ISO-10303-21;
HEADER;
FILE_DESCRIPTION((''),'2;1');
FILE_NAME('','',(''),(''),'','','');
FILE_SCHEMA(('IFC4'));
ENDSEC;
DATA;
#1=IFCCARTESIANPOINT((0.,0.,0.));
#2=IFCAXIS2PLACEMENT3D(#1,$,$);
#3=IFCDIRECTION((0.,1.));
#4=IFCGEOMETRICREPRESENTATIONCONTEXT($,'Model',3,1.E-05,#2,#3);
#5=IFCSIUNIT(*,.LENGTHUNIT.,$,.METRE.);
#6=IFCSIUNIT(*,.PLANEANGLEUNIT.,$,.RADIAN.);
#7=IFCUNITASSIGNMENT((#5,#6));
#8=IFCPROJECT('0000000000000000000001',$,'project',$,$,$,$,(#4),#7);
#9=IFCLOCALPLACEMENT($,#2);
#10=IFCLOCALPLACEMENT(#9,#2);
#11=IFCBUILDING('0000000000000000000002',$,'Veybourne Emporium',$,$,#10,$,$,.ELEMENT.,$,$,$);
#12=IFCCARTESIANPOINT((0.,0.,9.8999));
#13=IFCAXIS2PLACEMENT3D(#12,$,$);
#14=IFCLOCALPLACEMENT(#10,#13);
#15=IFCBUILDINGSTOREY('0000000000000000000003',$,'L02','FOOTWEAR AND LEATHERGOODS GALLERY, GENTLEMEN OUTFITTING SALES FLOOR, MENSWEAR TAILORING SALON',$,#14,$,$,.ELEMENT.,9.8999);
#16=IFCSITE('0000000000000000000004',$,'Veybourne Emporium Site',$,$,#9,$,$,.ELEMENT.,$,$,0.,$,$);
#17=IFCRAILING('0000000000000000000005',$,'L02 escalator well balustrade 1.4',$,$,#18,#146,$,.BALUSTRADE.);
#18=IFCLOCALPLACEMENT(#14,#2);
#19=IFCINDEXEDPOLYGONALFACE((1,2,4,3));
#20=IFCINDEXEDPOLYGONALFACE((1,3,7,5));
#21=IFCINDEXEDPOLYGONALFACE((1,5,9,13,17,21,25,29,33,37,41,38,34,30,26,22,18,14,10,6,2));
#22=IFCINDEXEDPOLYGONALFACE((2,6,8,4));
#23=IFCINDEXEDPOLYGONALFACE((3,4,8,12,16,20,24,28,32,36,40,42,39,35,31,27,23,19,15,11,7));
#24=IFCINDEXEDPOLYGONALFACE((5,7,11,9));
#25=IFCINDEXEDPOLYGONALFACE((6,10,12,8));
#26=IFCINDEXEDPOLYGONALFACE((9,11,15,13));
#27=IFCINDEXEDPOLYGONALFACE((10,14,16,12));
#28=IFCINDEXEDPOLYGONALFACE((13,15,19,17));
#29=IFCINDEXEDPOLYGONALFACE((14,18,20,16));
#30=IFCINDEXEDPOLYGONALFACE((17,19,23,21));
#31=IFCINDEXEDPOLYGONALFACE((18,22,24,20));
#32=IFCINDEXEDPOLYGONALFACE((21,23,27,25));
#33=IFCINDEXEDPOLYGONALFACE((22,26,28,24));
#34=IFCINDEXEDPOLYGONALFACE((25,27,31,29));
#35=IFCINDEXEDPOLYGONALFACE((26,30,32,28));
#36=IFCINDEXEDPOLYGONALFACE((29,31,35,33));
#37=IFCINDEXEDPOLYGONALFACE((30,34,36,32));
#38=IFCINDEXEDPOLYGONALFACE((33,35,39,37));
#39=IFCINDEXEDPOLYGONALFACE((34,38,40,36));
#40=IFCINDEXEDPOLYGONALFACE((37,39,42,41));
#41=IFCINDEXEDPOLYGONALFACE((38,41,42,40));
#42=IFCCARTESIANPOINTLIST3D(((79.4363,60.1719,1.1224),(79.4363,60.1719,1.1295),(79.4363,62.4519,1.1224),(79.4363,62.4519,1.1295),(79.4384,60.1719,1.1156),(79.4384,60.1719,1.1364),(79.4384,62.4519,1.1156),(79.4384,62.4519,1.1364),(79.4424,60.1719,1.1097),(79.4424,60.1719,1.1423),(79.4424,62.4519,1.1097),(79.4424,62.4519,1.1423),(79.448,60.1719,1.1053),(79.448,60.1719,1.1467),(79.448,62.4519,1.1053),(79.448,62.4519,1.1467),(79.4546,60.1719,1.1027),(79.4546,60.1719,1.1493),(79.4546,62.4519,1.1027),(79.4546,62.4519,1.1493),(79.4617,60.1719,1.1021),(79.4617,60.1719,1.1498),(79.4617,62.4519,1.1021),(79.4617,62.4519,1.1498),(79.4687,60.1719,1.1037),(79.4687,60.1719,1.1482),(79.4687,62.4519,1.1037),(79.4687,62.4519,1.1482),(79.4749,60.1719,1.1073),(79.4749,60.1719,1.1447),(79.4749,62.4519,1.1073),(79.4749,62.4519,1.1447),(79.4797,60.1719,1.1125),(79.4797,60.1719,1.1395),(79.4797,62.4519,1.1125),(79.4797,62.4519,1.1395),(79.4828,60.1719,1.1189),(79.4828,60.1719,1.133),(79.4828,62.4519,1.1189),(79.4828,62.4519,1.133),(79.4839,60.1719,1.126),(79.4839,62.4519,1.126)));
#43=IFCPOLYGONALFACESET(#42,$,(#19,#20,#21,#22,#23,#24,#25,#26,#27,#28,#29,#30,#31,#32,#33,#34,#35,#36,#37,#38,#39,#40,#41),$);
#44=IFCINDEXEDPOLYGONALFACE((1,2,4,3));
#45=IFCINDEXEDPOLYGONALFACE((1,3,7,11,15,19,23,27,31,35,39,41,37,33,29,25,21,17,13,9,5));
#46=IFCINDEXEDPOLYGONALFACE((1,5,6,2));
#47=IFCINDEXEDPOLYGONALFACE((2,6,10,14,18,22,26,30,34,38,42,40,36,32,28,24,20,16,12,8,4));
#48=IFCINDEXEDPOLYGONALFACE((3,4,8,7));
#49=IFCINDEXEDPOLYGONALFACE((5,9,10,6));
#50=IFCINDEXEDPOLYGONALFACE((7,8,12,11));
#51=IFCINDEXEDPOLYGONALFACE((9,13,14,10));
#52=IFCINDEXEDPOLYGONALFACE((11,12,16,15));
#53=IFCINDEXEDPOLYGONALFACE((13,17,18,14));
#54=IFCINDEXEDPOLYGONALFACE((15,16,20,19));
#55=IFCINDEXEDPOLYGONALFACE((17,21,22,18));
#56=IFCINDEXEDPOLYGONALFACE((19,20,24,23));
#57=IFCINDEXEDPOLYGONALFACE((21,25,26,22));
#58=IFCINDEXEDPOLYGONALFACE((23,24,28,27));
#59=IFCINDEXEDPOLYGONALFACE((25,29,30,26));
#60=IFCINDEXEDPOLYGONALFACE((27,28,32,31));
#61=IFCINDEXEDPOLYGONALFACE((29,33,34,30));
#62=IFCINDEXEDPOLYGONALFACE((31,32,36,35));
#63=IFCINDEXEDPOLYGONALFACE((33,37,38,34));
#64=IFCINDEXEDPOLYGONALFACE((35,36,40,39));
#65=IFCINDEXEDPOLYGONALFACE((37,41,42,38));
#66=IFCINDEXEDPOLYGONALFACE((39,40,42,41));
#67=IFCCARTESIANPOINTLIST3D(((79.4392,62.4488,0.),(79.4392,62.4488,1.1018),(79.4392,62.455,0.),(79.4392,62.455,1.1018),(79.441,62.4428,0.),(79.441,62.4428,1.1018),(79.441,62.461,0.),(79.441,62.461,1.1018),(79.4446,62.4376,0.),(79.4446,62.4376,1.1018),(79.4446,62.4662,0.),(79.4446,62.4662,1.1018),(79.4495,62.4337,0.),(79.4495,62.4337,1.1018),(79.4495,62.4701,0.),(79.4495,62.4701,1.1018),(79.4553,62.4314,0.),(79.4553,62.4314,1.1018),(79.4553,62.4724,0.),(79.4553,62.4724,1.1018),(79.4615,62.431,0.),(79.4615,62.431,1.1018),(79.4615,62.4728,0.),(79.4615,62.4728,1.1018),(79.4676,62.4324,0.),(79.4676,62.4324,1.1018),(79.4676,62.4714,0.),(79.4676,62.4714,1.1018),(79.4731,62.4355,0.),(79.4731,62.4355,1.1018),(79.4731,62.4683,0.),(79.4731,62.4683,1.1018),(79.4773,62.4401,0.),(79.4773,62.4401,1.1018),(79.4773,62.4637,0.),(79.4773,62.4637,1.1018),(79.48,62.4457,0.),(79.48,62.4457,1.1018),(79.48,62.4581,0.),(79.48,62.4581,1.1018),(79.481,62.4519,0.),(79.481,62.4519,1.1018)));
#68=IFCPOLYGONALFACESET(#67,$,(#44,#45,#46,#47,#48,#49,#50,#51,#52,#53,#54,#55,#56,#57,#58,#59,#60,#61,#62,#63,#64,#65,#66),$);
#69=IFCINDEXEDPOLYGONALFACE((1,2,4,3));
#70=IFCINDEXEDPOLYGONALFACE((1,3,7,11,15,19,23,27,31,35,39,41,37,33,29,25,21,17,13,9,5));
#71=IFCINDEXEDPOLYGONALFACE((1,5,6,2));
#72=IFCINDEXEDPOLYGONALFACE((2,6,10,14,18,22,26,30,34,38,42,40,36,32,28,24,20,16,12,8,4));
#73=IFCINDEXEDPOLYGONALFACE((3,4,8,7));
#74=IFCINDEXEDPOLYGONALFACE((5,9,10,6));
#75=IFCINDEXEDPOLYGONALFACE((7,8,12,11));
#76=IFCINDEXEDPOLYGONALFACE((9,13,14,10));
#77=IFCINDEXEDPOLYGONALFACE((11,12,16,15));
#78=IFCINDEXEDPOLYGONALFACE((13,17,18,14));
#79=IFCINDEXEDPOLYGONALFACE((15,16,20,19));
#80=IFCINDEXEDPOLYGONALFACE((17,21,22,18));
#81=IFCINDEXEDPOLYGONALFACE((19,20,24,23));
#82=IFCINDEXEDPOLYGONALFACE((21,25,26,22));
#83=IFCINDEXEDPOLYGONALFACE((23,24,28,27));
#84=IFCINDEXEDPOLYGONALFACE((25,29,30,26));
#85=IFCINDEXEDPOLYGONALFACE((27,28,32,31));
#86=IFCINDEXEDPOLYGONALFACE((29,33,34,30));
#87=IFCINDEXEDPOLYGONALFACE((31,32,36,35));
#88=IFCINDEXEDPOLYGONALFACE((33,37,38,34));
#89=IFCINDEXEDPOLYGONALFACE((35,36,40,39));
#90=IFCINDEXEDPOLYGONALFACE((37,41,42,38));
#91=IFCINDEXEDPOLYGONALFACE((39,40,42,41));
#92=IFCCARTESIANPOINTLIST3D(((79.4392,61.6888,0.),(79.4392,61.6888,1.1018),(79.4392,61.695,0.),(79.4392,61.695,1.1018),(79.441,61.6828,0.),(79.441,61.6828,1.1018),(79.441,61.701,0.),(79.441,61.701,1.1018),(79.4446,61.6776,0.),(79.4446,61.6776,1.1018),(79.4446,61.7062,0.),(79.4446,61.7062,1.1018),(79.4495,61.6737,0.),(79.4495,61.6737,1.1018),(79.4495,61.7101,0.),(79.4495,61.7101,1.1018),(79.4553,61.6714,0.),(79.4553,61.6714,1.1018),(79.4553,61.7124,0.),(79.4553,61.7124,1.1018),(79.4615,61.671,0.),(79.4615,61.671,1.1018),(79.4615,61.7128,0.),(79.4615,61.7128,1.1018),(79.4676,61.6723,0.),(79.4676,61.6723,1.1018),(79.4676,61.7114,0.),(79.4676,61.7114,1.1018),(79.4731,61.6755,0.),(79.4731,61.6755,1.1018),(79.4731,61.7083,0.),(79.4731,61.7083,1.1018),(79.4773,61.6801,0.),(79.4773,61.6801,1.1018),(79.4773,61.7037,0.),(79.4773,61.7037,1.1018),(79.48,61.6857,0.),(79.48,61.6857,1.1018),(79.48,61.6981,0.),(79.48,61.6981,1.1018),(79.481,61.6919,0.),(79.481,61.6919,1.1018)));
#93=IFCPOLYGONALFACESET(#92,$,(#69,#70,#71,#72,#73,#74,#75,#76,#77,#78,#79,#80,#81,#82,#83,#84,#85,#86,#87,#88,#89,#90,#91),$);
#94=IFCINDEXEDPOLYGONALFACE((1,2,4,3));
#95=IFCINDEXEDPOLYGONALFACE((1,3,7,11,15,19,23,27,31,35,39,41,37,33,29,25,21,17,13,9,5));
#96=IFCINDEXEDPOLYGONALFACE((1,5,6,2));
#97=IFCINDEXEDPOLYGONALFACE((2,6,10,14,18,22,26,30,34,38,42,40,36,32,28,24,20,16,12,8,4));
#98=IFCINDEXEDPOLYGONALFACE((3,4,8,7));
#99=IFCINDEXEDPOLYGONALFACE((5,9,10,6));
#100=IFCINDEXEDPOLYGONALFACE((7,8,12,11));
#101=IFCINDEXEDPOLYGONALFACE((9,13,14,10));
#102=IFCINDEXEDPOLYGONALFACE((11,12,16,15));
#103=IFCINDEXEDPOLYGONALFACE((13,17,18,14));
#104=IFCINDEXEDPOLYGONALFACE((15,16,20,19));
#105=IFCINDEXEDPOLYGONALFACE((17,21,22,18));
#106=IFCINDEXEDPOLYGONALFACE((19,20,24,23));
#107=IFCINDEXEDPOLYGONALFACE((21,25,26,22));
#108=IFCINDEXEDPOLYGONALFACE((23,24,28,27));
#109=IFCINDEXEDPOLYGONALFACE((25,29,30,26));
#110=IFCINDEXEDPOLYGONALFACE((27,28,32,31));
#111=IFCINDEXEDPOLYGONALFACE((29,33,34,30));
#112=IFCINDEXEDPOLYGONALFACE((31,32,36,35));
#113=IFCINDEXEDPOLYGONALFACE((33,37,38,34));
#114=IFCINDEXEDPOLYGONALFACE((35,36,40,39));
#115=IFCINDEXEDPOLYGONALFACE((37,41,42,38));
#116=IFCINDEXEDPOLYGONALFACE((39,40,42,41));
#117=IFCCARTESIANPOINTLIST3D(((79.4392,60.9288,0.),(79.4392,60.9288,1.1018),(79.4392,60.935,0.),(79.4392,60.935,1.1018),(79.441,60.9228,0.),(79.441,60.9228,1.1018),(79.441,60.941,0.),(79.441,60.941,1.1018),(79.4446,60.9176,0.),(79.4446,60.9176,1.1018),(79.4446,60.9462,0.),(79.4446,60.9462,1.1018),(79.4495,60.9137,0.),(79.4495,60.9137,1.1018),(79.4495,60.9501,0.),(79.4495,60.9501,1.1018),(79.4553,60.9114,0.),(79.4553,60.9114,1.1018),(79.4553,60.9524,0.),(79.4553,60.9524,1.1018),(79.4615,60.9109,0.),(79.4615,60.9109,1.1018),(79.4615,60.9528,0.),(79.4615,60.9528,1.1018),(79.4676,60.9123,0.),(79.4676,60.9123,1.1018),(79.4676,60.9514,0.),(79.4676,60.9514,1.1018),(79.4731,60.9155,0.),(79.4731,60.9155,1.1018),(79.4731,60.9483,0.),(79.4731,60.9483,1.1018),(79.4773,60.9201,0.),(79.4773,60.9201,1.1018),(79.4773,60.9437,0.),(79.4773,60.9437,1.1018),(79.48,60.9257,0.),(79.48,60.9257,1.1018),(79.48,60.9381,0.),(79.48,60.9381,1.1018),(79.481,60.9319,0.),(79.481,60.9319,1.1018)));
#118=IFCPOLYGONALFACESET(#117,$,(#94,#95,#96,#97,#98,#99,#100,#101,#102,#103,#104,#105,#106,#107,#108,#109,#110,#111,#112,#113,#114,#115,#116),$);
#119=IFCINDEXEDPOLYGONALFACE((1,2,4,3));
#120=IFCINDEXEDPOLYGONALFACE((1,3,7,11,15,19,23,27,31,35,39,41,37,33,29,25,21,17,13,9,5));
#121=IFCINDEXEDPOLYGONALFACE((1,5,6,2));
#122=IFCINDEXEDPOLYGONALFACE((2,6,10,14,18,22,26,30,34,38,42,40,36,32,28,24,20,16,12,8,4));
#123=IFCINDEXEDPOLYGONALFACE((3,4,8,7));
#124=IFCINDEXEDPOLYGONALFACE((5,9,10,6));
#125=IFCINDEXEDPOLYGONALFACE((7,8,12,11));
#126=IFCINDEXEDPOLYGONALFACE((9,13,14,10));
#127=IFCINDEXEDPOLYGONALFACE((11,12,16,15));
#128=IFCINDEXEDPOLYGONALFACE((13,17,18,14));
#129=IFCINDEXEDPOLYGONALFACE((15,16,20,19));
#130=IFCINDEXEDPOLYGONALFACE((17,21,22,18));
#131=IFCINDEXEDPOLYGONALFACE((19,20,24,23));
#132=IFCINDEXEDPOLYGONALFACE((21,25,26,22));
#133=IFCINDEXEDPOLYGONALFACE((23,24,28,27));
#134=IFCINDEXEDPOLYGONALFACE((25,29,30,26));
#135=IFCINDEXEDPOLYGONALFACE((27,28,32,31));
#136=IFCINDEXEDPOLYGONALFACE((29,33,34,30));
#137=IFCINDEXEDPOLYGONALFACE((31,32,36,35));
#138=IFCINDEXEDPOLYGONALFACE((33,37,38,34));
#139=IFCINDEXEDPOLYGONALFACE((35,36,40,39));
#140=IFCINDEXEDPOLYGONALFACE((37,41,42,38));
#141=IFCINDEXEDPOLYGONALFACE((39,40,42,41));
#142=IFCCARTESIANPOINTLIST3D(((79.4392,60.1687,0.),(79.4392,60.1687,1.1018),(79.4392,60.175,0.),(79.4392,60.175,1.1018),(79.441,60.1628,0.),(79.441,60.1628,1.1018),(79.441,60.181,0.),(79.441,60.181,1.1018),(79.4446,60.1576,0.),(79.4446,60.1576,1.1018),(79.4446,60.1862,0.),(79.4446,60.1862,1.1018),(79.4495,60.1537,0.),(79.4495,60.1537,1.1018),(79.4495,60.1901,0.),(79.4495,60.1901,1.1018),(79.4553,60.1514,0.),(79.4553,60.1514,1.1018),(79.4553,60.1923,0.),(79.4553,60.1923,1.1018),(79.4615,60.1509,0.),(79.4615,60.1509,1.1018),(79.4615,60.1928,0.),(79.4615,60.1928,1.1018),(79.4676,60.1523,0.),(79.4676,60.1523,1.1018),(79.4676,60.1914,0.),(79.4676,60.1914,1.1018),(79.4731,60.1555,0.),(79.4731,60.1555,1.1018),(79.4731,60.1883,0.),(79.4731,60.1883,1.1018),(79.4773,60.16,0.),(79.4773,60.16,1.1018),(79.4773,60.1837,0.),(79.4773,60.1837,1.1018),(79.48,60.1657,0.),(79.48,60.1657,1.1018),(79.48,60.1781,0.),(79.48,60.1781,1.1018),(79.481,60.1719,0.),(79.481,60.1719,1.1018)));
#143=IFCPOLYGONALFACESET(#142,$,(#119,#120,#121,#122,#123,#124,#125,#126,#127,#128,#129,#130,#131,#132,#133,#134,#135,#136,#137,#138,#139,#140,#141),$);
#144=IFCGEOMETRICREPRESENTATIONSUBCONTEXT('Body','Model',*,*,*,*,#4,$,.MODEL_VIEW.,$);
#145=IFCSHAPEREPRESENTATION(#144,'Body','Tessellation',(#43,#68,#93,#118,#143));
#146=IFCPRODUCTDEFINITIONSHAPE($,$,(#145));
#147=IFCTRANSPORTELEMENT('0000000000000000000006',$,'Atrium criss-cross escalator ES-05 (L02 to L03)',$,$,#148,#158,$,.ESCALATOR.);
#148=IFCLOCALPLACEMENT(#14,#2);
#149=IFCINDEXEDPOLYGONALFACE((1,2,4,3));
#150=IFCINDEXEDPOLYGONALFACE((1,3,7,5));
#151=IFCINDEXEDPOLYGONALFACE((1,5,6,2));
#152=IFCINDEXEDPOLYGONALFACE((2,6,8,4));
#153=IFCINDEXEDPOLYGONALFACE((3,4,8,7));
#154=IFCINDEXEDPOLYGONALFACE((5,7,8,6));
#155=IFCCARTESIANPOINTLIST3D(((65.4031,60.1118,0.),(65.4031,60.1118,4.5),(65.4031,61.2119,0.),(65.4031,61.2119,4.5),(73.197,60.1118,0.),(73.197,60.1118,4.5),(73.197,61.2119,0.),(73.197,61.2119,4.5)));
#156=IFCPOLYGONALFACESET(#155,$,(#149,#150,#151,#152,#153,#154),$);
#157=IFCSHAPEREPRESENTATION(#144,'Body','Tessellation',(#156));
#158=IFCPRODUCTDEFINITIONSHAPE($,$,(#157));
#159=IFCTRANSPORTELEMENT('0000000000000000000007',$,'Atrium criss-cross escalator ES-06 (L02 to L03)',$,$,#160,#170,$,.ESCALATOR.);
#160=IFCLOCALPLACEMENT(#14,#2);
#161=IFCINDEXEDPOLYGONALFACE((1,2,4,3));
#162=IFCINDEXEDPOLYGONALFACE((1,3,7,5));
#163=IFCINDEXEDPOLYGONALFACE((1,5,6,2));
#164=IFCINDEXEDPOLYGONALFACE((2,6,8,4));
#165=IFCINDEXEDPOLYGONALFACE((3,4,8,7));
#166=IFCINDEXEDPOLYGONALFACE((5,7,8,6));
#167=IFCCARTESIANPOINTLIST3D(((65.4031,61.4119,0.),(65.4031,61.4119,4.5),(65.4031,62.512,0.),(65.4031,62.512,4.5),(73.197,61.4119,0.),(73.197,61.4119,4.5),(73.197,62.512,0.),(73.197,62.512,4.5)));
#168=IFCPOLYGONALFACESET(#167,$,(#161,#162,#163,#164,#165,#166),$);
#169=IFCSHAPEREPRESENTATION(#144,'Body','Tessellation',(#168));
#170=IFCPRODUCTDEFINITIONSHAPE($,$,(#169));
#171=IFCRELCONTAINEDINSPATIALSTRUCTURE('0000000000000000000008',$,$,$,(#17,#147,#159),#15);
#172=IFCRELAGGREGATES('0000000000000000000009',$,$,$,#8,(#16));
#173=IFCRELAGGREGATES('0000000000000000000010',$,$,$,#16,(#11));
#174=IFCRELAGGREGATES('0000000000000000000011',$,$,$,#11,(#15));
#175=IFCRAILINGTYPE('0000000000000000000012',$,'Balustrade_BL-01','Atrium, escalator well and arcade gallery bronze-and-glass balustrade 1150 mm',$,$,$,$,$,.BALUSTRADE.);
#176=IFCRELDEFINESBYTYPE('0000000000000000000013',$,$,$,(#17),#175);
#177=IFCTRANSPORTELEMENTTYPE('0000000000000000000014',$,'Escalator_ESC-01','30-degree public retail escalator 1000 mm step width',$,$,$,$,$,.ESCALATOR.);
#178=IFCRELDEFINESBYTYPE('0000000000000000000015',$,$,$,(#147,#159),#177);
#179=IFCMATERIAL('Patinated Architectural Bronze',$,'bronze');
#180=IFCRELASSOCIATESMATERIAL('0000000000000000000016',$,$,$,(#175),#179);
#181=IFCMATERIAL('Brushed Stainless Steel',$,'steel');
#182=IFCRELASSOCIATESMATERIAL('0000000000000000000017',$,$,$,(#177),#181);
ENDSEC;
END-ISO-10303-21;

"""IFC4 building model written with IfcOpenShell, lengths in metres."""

from ifc_helpers import new_model, si_unit, direction, frame, origin, origin_2d, place, context, subcontext, project, spatial, rectangle, circle, extrude, material, type_object, element, save


model = new_model("IFC4")

# Units and contexts
model_context = context("Model", 3, precision=1e-05, world=origin(), true_north=direction((0.0, 1.0)))
body_context = subcontext(model_context, "Body", "Model", "MODEL_VIEW")
ifc_project = project(units=[si_unit("LENGTHUNIT", "METRE"), si_unit("PLANEANGLEUNIT", "RADIAN")], contexts=[model_context])

# Site, building, storey
site_placement = place(None, origin())
site = spatial("IfcSite", under=ifc_project, at=site_placement, Name="Veybourne Emporium Site", CompositionType="ELEMENT", RefElevation=0.0)
building_placement = place(site_placement, origin())
building = spatial("IfcBuilding", under=site, at=building_placement, Name="Veybourne Emporium", CompositionType="ELEMENT")
storey_placement = place(building_placement, frame((0.0, 0.0, 9.8999)))
storey = spatial("IfcBuildingStorey", under=building, at=storey_placement, Name="L02", Description="FOOTWEAR AND LEATHERGOODS GALLERY, GENTLEMEN OUTFITTING SALES FLOOR, MENSWEAR TAILORING SALON", CompositionType="ELEMENT", Elevation=9.8999)

# Railing
ifc_material_1 = material(Name="Patinated Architectural Bronze", Category="bronze")
railing_type = type_object("IfcRailingType", Name="Balustrade_BL-01", Description="Atrium, escalator well and arcade gallery bronze-and-glass balustrade 1150 mm", PredefinedType="BALUSTRADE", material=ifc_material_1)
railing_1_placement = place(storey_placement, frame((79.46, 62.4519, 0.0)))
element("IfcRailing", 1, at=railing_1_placement, inside=storey, type_object=railing_type, Name="L02 escalator well balustrade 1.4", PredefinedType="BALUSTRADE", context=body_context, shape_type="SweptSolid", body=[
    extrude(circle(Radius=0.0239, at=origin_2d()), frame((0.0, 0.0, 1.126), z_axis=(0.0, -1.0, 0.0), x_axis=(1.0, 0.0, 0.0)), (0.0, 0.0, 1.0), 2.28),
    extrude(circle(Radius=0.021, at=origin_2d()), origin(), (0.0, 0.0, 1.0), 1.1018),
    extrude(circle(Radius=0.021, at=origin_2d()), frame((0.0, -0.76, 0.0)), (0.0, 0.0, 1.0), 1.1018),
    extrude(circle(Radius=0.021, at=origin_2d()), frame((0.0, -1.52, 0.0)), (0.0, 0.0, 1.0), 1.1018),
    extrude(circle(Radius=0.021, at=origin_2d()), frame((0.0, -2.28, 0.0)), (0.0, 0.0, 1.0), 1.1018),
])

# Transport elements
ifc_material_2 = material(Name="Brushed Stainless Steel", Category="steel")
transport_element_type = type_object("IfcTransportElementType", Name="Escalator_ESC-01", Description="30-degree public retail escalator 1000 mm step width", PredefinedType="ESCALATOR", material=ifc_material_2)
for number, where, z_axis, x_axis, name in (
    (2, (69.3, 60.6619, 0.0), (0.0, 0.0, 1.0), (1.0, 0.0, 0.0), "Atrium criss-cross escalator ES-05 (L02 to L03)"),
    (3, (69.3, 61.9619, 0.0), (0.0, 0.0, 1.0), (1.0, 0.0, 0.0), "Atrium criss-cross escalator ES-06 (L02 to L03)"),
):
    element("IfcTransportElement", number, at=place(storey_placement, frame(where, z_axis=z_axis, x_axis=x_axis)), inside=storey, type_object=transport_element_type, Name=name, PredefinedType="ESCALATOR", context=body_context, shape_type="SweptSolid", body=[
        extrude(rectangle(XDim=7.7939, YDim=1.1001, at=origin_2d()), origin(), (0.0, 0.0, 1.0), 4.5),
    ])

save(model, "model.ifc")
